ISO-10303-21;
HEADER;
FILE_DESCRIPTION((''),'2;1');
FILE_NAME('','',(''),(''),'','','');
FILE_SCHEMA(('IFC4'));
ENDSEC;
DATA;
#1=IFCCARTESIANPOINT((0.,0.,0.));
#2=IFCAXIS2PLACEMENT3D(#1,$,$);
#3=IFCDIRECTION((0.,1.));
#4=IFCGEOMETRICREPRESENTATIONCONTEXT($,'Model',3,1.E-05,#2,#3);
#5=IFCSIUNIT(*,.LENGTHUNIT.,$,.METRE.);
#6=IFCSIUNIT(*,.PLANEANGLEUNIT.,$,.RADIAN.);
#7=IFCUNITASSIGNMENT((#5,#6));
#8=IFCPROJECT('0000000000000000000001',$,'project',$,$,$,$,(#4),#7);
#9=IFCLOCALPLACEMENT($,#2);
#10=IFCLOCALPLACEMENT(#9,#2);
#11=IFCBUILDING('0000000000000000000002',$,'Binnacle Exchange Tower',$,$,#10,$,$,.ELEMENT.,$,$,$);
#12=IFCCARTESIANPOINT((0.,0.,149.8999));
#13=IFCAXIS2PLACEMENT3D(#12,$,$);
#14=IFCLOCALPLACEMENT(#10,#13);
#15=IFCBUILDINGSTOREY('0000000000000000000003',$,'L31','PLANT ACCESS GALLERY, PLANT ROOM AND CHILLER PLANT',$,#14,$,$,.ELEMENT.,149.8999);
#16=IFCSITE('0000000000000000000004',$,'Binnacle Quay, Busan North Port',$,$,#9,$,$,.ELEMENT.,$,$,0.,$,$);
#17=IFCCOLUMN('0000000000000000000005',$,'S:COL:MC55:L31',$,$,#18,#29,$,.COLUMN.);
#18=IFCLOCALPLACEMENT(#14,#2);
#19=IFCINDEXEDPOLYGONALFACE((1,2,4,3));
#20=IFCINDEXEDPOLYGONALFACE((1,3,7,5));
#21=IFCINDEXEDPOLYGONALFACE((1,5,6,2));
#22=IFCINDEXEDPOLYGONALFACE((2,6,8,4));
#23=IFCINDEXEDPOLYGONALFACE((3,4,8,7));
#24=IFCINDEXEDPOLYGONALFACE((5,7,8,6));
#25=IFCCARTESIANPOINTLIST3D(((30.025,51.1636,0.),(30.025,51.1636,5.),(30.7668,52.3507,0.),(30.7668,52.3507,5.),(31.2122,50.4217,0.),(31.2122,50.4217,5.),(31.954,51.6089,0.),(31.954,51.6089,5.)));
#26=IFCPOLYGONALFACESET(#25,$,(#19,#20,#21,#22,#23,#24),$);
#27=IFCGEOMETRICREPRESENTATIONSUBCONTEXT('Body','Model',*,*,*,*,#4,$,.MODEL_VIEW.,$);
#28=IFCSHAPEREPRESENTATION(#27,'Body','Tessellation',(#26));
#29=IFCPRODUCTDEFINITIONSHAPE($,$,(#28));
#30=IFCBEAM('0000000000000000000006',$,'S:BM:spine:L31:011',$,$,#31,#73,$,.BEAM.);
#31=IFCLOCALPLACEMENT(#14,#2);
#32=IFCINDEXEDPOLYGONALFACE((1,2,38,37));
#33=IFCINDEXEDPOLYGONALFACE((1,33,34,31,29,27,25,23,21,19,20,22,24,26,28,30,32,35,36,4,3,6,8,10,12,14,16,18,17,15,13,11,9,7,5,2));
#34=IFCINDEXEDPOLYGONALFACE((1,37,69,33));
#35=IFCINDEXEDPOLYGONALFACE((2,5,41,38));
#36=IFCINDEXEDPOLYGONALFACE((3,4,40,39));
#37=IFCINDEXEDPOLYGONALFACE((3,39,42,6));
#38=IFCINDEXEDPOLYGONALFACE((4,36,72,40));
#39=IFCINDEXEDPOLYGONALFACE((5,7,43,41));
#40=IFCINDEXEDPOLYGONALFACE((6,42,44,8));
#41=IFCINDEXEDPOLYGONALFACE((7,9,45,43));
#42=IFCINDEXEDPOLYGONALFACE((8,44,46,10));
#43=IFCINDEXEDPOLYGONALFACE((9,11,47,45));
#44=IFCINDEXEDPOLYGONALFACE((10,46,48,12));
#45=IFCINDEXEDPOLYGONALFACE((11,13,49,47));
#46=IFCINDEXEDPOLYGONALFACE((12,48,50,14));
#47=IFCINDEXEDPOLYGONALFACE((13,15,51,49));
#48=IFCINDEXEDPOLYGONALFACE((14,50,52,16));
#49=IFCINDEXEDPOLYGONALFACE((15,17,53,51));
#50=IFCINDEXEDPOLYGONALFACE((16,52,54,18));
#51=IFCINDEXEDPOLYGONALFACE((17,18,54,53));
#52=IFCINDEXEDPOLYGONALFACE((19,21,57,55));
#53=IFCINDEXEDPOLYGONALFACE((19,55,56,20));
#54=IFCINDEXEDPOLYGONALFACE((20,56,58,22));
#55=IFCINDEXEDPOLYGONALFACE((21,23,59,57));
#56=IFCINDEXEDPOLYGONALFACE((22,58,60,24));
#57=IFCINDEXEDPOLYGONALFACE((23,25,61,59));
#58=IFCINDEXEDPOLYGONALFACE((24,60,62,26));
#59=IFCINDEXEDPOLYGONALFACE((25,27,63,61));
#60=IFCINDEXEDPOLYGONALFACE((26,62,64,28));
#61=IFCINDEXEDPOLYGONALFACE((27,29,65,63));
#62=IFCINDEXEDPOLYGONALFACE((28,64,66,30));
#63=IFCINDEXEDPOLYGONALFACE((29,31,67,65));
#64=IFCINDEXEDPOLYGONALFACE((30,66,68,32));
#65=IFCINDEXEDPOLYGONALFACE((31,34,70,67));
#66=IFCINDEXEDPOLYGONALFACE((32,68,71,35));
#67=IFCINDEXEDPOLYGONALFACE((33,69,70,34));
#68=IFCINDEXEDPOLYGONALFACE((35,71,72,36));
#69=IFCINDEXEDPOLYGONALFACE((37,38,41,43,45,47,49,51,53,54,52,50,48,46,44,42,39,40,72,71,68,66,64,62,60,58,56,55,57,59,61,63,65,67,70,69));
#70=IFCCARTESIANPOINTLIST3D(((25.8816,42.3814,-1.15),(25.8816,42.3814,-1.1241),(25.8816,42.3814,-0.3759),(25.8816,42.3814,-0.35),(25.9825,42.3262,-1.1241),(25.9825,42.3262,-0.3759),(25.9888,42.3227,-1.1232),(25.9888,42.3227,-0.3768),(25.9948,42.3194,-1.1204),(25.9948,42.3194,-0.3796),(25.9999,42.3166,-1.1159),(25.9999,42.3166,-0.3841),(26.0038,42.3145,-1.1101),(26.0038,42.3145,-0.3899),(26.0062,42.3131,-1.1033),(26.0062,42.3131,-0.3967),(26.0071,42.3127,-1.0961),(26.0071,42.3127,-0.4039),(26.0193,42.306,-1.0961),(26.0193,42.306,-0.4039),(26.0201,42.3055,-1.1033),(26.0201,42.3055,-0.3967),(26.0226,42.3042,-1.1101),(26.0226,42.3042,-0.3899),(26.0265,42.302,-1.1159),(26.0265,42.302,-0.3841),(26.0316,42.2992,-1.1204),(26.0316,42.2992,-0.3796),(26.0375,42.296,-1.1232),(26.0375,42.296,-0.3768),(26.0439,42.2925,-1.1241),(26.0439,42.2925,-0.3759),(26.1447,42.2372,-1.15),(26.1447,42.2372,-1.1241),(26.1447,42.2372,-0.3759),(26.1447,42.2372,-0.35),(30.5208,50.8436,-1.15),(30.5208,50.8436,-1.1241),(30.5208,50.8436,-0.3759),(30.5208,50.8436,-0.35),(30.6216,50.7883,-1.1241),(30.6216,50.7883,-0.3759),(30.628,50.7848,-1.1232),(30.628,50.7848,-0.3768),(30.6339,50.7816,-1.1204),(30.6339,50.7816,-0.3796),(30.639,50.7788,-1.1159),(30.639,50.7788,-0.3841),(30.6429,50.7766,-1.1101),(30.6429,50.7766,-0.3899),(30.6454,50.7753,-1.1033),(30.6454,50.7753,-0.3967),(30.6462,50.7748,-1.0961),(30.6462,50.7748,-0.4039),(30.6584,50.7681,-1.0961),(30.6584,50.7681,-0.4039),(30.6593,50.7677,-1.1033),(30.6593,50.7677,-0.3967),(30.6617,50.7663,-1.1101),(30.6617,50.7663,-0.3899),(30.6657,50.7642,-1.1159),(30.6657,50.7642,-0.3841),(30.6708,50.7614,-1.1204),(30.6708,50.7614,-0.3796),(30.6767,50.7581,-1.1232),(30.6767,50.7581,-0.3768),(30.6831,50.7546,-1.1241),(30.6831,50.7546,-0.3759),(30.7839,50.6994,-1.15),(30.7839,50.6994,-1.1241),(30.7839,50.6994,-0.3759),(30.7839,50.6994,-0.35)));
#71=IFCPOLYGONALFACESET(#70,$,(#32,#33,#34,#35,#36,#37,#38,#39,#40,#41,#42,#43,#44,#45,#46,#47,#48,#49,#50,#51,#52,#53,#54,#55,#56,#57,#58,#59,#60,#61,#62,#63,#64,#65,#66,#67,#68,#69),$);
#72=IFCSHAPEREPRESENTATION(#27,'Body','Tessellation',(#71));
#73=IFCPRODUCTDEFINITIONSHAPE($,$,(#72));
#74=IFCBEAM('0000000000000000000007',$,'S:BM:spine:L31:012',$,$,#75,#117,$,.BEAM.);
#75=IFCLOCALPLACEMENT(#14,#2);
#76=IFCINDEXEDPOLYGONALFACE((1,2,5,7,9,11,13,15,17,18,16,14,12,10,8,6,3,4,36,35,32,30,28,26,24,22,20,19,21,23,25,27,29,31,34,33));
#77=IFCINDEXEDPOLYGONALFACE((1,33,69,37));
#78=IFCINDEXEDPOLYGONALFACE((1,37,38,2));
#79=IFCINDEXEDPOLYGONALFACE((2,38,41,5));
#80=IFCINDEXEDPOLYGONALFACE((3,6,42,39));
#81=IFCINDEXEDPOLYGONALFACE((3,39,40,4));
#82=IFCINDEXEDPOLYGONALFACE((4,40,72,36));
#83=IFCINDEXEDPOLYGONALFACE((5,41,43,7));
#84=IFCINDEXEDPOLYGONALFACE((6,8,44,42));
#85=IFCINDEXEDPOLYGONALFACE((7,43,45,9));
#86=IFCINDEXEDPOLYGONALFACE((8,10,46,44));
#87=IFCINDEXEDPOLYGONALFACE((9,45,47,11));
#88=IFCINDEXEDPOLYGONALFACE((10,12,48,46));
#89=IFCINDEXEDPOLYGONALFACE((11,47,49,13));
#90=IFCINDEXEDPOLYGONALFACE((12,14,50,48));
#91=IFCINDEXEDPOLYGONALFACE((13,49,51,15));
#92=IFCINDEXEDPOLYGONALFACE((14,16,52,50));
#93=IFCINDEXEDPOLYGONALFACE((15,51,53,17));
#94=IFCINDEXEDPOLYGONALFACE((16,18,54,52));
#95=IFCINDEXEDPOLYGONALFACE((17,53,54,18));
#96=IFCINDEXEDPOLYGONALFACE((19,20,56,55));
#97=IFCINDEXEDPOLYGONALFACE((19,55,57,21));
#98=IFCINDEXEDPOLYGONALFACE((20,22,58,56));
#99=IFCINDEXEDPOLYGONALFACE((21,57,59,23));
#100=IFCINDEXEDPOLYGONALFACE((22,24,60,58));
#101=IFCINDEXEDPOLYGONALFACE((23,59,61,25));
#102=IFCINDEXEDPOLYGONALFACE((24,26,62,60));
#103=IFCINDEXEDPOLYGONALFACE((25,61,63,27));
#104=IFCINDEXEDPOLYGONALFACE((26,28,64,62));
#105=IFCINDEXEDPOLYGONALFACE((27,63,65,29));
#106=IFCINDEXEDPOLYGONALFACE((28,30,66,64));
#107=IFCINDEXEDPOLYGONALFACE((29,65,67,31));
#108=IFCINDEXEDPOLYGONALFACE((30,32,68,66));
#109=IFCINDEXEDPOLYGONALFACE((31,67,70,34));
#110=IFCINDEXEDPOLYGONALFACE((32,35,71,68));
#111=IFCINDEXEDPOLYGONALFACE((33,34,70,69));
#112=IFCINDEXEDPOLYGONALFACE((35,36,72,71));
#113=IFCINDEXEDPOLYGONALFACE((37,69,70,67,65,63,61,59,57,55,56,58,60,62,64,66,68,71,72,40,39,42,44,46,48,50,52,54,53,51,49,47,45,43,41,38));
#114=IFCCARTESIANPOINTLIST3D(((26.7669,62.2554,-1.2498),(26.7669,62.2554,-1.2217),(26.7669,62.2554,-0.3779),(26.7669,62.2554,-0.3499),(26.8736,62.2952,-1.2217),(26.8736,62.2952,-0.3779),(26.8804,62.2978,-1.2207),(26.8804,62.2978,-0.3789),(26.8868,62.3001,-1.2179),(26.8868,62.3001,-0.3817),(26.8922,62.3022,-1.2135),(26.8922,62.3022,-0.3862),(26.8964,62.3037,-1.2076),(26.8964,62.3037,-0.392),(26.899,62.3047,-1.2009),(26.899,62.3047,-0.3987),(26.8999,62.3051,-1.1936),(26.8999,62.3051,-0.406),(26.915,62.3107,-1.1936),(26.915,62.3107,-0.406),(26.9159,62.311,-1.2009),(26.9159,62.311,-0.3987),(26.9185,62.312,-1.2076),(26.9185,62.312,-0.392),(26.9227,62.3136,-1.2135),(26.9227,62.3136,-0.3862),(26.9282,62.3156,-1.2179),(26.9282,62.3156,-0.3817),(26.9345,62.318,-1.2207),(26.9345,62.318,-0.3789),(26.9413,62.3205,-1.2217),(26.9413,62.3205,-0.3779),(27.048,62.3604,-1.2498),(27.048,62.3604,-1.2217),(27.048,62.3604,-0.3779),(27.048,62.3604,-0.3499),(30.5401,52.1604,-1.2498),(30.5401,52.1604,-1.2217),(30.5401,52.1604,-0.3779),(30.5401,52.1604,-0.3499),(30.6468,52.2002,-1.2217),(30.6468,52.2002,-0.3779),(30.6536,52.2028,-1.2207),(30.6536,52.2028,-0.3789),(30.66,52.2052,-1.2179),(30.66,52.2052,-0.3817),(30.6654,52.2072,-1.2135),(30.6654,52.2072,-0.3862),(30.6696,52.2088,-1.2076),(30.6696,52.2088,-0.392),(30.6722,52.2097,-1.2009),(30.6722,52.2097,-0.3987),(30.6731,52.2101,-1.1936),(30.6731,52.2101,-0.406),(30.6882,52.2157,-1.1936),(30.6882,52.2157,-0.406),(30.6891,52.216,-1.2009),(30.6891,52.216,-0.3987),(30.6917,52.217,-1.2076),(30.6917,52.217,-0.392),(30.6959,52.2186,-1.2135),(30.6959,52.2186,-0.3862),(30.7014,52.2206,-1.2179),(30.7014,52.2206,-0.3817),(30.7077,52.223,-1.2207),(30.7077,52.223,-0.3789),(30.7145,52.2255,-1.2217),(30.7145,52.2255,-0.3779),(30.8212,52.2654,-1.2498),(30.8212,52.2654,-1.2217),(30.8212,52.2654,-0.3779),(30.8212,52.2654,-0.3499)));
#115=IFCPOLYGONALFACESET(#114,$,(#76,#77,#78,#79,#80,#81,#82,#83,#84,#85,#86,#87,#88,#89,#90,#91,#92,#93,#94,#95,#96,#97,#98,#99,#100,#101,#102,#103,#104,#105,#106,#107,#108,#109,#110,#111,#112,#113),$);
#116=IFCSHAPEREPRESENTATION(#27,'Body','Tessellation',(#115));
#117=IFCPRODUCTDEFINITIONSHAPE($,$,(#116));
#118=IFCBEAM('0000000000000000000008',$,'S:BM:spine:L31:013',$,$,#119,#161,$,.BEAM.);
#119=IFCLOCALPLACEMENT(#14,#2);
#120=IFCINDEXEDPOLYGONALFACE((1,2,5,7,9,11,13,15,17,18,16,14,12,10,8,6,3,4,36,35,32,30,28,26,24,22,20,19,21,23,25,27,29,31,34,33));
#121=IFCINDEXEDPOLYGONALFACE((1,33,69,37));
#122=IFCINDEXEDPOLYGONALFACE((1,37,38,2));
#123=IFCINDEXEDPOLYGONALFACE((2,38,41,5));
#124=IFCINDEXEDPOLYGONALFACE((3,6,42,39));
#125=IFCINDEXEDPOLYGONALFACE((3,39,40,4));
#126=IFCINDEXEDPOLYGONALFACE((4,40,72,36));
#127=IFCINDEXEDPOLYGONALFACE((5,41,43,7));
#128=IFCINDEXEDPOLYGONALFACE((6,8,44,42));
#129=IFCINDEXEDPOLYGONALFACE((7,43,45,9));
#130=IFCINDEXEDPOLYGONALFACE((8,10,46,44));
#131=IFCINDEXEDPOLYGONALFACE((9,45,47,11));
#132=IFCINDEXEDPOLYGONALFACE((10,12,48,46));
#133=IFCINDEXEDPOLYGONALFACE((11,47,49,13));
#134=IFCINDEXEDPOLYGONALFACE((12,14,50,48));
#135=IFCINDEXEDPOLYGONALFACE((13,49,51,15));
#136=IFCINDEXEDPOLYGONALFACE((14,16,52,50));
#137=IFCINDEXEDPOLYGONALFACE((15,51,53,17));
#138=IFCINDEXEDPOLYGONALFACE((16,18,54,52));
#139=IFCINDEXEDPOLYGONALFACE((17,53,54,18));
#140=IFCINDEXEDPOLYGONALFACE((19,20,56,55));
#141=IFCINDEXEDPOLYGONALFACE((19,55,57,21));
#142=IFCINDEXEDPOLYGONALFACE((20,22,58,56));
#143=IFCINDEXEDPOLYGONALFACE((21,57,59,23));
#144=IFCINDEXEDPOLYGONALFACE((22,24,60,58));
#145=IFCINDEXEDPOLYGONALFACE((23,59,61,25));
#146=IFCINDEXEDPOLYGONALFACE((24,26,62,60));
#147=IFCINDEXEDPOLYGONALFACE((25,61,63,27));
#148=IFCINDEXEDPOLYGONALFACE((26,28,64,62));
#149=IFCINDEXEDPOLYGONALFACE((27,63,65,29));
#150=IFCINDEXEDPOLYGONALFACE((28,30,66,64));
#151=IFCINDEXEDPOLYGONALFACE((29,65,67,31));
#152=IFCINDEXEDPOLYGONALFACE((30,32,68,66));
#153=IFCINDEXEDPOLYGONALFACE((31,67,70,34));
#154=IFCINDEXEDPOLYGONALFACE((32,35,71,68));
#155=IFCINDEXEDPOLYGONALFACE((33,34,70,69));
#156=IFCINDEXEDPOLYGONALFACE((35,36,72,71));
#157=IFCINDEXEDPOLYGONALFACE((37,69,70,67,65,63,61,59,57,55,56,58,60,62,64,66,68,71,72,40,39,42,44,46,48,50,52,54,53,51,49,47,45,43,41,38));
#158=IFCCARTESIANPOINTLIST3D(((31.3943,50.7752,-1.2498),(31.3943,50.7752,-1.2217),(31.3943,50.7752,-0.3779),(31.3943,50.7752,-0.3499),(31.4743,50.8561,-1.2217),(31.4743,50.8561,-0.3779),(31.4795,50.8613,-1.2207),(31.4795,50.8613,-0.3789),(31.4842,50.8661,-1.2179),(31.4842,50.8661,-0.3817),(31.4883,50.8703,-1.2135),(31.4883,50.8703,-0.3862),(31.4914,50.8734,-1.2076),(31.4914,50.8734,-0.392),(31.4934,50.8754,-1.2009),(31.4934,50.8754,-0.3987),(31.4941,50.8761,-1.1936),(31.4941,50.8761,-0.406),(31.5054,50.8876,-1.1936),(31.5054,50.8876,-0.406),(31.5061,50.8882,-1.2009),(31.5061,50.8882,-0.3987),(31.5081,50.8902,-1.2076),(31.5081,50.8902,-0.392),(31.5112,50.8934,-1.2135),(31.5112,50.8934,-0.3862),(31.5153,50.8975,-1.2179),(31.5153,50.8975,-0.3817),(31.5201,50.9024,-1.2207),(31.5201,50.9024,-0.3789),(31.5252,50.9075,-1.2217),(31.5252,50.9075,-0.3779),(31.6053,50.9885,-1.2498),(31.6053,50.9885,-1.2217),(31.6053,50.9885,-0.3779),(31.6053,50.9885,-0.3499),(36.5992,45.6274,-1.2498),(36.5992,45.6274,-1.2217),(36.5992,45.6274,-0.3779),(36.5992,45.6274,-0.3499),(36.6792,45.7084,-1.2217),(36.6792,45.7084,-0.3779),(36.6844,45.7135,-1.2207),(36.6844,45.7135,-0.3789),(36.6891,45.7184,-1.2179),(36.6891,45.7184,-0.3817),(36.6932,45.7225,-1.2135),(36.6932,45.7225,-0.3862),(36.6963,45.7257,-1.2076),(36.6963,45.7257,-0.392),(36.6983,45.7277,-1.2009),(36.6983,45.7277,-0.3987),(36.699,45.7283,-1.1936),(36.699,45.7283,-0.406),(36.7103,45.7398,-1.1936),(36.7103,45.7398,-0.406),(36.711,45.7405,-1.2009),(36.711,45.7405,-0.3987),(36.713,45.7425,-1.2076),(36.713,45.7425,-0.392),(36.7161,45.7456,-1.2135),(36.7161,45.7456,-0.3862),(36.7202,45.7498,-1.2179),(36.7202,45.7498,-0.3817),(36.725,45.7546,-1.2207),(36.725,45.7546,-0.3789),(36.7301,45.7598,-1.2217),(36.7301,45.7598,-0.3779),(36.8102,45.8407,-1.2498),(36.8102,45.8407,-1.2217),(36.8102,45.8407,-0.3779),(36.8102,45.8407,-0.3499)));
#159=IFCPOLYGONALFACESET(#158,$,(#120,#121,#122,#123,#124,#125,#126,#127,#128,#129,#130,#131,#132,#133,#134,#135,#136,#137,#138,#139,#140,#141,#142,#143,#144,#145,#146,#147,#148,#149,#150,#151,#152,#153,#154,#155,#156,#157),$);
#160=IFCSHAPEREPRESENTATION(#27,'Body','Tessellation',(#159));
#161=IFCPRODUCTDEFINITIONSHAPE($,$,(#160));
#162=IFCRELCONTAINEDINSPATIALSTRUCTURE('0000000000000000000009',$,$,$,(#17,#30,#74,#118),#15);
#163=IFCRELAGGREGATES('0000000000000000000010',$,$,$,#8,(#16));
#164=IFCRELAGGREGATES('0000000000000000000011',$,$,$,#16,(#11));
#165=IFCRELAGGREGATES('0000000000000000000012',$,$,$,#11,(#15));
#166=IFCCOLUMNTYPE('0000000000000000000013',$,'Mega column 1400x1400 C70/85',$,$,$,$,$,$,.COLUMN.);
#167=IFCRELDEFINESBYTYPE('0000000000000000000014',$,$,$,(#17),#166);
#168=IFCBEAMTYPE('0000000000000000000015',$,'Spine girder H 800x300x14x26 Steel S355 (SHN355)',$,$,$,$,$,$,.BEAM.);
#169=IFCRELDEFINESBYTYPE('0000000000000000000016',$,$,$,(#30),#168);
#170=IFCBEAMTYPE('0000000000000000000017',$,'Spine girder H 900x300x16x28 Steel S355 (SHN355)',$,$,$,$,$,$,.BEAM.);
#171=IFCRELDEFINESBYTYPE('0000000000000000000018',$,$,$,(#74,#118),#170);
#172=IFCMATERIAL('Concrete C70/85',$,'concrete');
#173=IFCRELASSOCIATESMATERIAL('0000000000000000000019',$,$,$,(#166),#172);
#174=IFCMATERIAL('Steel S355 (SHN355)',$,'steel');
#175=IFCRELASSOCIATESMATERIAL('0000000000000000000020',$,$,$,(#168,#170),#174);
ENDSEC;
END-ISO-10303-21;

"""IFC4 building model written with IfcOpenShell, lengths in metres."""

from ifc_helpers import new_model, si_unit, direction, frame, origin, origin_2d, place, context, subcontext, project, spatial, rectangle, i_section, extrude, material, material_profile, profile_set, type_object, element, save


model = new_model("IFC4")

# Units and contexts
model_context = context("Model", 3, precision=1e-05, world=origin(), true_north=direction((0.0, 1.0)))
body_context = subcontext(model_context, "Body", "Model", "MODEL_VIEW")
ifc_project = project(units=[si_unit("LENGTHUNIT", "METRE"), si_unit("PLANEANGLEUNIT", "RADIAN")], contexts=[model_context])

# Site, building, storey
site_placement = place(None, origin())
site = spatial("IfcSite", under=ifc_project, at=site_placement, Name="Binnacle Quay, Busan North Port", CompositionType="ELEMENT", RefElevation=0.0)
building_placement = place(site_placement, origin())
building = spatial("IfcBuilding", under=site, at=building_placement, Name="Binnacle Exchange Tower", CompositionType="ELEMENT")
storey_placement = place(building_placement, frame((0.0, 0.0, 149.8999)))
storey = spatial("IfcBuildingStorey", under=building, at=storey_placement, Name="L31", Description="PLANT ACCESS GALLERY, PLANT ROOM AND CHILLER PLANT", CompositionType="ELEMENT", Elevation=149.8999)

# Column
ifc_material_1 = material(Name="Concrete C70/85", Category="concrete")
ifc_material_profile_1 = material_profile(ifc_material_1, rectangle(XDim=1.3999, YDim=1.3999, at=origin_2d()), Name="Mega column 1400x1400 C70/85")
ifc_profile_set_1 = profile_set([ifc_material_profile_1], Name="Concrete C70/85")
column_type = type_object("IfcColumnType", Name="Mega column 1400x1400 C70/85", PredefinedType="COLUMN", material=ifc_profile_set_1)
column_placement = place(storey_placement, frame((30.9895, 51.3862, 0.0), z_axis=(0.0, 0.0, 1.0), x_axis=(0.529919, 0.848048, 0.0)))
element("IfcColumn", 1, at=column_placement, inside=storey, type_object=column_type, Name="S:COL:MC55:L31", PredefinedType="COLUMN", context=body_context, shape_type="SweptSolid", body=[
    extrude(rectangle(XDim=1.3999, YDim=1.3999, at=origin_2d()), origin(), (0.0, 0.0, 1.0), 5.0),
])

# Beams
ifc_material_2 = material(Name="Steel S355 (SHN355)", Category="steel")
ifc_material_profile_2 = material_profile(ifc_material_2, i_section(OverallWidth=0.3, OverallDepth=0.8, WebThickness=0.0139, FlangeThickness=0.0259, FilletRadius=0.0281, at=origin_2d()), Name="H 800x300x14x26")
ifc_profile_set_2 = profile_set([ifc_material_profile_2], Name="Steel S355 (SHN355)")
beam_type_1 = type_object("IfcBeamType", Name="Spine girder H 800x300x14x26 Steel S355 (SHN355)", PredefinedType="BEAM", material=ifc_profile_set_2)
beam_1_placement = place(storey_placement, frame((30.6523, 50.7715, -0.75), z_axis=(-0.480723, -0.876873, 0.0), x_axis=(0.876873, -0.480723, 0.0)))
element("IfcBeam", 2, at=beam_1_placement, inside=storey, type_object=beam_type_1, Name="S:BM:spine:L31:011", PredefinedType="BEAM", context=body_context, shape_type="SweptSolid", body=[
    extrude(i_section(OverallWidth=0.3, OverallDepth=0.8, WebThickness=0.0139, FlangeThickness=0.0259, FilletRadius=0.0281, at=origin_2d()), origin(), (0.0, 0.0, 1.0), 9.6504),
])
ifc_material_profile_3 = material_profile(ifc_material_2, i_section(OverallWidth=0.3, OverallDepth=0.8999, WebThickness=0.0161, FlangeThickness=0.0281, FilletRadius=0.0281, at=origin_2d()), Name="H 900x300x16x28")
ifc_profile_set_3 = profile_set([ifc_material_profile_3], Name="Steel S355 (SHN355)")
beam_type_2 = type_object("IfcBeamType", Name="Spine girder H 900x300x16x28 Steel S355 (SHN355)", PredefinedType="BEAM", material=ifc_profile_set_3)
beam_2_placement = place(storey_placement, frame((30.6807, 52.2129, -0.7998), z_axis=(-0.350113, 0.936708, 0.0), x_axis=(-0.936708, -0.350113, 0.0)))
element("IfcBeam", 3, at=beam_2_placement, inside=storey, type_object=beam_type_2, Name="S:BM:spine:L31:012", PredefinedType="BEAM", context=body_context, shape_type="SweptSolid", body=[
    extrude(i_section(OverallWidth=0.3, OverallDepth=0.8999, WebThickness=0.0161, FlangeThickness=0.0281, FilletRadius=0.0281, at=origin_2d()), origin(), (0.0, 0.0, 1.0), 10.7771),
])
beam_3_placement = place(storey_placement, frame((31.4998, 50.8818, -0.7998), z_axis=(0.710998, -0.703194, 0.0), x_axis=(0.703194, 0.710998, 0.0)))
element("IfcBeam", 4, at=beam_3_placement, inside=storey, type_object=beam_type_2, Name="S:BM:spine:L31:013", PredefinedType="BEAM", context=body_context, shape_type="SweptSolid", body=[
    extrude(i_section(OverallWidth=0.3, OverallDepth=0.8999, WebThickness=0.0161, FlangeThickness=0.0281, FilletRadius=0.0281, at=origin_2d()), origin(), (0.0, 0.0, 1.0), 7.3206),
])

save(model, "model.ifc")
